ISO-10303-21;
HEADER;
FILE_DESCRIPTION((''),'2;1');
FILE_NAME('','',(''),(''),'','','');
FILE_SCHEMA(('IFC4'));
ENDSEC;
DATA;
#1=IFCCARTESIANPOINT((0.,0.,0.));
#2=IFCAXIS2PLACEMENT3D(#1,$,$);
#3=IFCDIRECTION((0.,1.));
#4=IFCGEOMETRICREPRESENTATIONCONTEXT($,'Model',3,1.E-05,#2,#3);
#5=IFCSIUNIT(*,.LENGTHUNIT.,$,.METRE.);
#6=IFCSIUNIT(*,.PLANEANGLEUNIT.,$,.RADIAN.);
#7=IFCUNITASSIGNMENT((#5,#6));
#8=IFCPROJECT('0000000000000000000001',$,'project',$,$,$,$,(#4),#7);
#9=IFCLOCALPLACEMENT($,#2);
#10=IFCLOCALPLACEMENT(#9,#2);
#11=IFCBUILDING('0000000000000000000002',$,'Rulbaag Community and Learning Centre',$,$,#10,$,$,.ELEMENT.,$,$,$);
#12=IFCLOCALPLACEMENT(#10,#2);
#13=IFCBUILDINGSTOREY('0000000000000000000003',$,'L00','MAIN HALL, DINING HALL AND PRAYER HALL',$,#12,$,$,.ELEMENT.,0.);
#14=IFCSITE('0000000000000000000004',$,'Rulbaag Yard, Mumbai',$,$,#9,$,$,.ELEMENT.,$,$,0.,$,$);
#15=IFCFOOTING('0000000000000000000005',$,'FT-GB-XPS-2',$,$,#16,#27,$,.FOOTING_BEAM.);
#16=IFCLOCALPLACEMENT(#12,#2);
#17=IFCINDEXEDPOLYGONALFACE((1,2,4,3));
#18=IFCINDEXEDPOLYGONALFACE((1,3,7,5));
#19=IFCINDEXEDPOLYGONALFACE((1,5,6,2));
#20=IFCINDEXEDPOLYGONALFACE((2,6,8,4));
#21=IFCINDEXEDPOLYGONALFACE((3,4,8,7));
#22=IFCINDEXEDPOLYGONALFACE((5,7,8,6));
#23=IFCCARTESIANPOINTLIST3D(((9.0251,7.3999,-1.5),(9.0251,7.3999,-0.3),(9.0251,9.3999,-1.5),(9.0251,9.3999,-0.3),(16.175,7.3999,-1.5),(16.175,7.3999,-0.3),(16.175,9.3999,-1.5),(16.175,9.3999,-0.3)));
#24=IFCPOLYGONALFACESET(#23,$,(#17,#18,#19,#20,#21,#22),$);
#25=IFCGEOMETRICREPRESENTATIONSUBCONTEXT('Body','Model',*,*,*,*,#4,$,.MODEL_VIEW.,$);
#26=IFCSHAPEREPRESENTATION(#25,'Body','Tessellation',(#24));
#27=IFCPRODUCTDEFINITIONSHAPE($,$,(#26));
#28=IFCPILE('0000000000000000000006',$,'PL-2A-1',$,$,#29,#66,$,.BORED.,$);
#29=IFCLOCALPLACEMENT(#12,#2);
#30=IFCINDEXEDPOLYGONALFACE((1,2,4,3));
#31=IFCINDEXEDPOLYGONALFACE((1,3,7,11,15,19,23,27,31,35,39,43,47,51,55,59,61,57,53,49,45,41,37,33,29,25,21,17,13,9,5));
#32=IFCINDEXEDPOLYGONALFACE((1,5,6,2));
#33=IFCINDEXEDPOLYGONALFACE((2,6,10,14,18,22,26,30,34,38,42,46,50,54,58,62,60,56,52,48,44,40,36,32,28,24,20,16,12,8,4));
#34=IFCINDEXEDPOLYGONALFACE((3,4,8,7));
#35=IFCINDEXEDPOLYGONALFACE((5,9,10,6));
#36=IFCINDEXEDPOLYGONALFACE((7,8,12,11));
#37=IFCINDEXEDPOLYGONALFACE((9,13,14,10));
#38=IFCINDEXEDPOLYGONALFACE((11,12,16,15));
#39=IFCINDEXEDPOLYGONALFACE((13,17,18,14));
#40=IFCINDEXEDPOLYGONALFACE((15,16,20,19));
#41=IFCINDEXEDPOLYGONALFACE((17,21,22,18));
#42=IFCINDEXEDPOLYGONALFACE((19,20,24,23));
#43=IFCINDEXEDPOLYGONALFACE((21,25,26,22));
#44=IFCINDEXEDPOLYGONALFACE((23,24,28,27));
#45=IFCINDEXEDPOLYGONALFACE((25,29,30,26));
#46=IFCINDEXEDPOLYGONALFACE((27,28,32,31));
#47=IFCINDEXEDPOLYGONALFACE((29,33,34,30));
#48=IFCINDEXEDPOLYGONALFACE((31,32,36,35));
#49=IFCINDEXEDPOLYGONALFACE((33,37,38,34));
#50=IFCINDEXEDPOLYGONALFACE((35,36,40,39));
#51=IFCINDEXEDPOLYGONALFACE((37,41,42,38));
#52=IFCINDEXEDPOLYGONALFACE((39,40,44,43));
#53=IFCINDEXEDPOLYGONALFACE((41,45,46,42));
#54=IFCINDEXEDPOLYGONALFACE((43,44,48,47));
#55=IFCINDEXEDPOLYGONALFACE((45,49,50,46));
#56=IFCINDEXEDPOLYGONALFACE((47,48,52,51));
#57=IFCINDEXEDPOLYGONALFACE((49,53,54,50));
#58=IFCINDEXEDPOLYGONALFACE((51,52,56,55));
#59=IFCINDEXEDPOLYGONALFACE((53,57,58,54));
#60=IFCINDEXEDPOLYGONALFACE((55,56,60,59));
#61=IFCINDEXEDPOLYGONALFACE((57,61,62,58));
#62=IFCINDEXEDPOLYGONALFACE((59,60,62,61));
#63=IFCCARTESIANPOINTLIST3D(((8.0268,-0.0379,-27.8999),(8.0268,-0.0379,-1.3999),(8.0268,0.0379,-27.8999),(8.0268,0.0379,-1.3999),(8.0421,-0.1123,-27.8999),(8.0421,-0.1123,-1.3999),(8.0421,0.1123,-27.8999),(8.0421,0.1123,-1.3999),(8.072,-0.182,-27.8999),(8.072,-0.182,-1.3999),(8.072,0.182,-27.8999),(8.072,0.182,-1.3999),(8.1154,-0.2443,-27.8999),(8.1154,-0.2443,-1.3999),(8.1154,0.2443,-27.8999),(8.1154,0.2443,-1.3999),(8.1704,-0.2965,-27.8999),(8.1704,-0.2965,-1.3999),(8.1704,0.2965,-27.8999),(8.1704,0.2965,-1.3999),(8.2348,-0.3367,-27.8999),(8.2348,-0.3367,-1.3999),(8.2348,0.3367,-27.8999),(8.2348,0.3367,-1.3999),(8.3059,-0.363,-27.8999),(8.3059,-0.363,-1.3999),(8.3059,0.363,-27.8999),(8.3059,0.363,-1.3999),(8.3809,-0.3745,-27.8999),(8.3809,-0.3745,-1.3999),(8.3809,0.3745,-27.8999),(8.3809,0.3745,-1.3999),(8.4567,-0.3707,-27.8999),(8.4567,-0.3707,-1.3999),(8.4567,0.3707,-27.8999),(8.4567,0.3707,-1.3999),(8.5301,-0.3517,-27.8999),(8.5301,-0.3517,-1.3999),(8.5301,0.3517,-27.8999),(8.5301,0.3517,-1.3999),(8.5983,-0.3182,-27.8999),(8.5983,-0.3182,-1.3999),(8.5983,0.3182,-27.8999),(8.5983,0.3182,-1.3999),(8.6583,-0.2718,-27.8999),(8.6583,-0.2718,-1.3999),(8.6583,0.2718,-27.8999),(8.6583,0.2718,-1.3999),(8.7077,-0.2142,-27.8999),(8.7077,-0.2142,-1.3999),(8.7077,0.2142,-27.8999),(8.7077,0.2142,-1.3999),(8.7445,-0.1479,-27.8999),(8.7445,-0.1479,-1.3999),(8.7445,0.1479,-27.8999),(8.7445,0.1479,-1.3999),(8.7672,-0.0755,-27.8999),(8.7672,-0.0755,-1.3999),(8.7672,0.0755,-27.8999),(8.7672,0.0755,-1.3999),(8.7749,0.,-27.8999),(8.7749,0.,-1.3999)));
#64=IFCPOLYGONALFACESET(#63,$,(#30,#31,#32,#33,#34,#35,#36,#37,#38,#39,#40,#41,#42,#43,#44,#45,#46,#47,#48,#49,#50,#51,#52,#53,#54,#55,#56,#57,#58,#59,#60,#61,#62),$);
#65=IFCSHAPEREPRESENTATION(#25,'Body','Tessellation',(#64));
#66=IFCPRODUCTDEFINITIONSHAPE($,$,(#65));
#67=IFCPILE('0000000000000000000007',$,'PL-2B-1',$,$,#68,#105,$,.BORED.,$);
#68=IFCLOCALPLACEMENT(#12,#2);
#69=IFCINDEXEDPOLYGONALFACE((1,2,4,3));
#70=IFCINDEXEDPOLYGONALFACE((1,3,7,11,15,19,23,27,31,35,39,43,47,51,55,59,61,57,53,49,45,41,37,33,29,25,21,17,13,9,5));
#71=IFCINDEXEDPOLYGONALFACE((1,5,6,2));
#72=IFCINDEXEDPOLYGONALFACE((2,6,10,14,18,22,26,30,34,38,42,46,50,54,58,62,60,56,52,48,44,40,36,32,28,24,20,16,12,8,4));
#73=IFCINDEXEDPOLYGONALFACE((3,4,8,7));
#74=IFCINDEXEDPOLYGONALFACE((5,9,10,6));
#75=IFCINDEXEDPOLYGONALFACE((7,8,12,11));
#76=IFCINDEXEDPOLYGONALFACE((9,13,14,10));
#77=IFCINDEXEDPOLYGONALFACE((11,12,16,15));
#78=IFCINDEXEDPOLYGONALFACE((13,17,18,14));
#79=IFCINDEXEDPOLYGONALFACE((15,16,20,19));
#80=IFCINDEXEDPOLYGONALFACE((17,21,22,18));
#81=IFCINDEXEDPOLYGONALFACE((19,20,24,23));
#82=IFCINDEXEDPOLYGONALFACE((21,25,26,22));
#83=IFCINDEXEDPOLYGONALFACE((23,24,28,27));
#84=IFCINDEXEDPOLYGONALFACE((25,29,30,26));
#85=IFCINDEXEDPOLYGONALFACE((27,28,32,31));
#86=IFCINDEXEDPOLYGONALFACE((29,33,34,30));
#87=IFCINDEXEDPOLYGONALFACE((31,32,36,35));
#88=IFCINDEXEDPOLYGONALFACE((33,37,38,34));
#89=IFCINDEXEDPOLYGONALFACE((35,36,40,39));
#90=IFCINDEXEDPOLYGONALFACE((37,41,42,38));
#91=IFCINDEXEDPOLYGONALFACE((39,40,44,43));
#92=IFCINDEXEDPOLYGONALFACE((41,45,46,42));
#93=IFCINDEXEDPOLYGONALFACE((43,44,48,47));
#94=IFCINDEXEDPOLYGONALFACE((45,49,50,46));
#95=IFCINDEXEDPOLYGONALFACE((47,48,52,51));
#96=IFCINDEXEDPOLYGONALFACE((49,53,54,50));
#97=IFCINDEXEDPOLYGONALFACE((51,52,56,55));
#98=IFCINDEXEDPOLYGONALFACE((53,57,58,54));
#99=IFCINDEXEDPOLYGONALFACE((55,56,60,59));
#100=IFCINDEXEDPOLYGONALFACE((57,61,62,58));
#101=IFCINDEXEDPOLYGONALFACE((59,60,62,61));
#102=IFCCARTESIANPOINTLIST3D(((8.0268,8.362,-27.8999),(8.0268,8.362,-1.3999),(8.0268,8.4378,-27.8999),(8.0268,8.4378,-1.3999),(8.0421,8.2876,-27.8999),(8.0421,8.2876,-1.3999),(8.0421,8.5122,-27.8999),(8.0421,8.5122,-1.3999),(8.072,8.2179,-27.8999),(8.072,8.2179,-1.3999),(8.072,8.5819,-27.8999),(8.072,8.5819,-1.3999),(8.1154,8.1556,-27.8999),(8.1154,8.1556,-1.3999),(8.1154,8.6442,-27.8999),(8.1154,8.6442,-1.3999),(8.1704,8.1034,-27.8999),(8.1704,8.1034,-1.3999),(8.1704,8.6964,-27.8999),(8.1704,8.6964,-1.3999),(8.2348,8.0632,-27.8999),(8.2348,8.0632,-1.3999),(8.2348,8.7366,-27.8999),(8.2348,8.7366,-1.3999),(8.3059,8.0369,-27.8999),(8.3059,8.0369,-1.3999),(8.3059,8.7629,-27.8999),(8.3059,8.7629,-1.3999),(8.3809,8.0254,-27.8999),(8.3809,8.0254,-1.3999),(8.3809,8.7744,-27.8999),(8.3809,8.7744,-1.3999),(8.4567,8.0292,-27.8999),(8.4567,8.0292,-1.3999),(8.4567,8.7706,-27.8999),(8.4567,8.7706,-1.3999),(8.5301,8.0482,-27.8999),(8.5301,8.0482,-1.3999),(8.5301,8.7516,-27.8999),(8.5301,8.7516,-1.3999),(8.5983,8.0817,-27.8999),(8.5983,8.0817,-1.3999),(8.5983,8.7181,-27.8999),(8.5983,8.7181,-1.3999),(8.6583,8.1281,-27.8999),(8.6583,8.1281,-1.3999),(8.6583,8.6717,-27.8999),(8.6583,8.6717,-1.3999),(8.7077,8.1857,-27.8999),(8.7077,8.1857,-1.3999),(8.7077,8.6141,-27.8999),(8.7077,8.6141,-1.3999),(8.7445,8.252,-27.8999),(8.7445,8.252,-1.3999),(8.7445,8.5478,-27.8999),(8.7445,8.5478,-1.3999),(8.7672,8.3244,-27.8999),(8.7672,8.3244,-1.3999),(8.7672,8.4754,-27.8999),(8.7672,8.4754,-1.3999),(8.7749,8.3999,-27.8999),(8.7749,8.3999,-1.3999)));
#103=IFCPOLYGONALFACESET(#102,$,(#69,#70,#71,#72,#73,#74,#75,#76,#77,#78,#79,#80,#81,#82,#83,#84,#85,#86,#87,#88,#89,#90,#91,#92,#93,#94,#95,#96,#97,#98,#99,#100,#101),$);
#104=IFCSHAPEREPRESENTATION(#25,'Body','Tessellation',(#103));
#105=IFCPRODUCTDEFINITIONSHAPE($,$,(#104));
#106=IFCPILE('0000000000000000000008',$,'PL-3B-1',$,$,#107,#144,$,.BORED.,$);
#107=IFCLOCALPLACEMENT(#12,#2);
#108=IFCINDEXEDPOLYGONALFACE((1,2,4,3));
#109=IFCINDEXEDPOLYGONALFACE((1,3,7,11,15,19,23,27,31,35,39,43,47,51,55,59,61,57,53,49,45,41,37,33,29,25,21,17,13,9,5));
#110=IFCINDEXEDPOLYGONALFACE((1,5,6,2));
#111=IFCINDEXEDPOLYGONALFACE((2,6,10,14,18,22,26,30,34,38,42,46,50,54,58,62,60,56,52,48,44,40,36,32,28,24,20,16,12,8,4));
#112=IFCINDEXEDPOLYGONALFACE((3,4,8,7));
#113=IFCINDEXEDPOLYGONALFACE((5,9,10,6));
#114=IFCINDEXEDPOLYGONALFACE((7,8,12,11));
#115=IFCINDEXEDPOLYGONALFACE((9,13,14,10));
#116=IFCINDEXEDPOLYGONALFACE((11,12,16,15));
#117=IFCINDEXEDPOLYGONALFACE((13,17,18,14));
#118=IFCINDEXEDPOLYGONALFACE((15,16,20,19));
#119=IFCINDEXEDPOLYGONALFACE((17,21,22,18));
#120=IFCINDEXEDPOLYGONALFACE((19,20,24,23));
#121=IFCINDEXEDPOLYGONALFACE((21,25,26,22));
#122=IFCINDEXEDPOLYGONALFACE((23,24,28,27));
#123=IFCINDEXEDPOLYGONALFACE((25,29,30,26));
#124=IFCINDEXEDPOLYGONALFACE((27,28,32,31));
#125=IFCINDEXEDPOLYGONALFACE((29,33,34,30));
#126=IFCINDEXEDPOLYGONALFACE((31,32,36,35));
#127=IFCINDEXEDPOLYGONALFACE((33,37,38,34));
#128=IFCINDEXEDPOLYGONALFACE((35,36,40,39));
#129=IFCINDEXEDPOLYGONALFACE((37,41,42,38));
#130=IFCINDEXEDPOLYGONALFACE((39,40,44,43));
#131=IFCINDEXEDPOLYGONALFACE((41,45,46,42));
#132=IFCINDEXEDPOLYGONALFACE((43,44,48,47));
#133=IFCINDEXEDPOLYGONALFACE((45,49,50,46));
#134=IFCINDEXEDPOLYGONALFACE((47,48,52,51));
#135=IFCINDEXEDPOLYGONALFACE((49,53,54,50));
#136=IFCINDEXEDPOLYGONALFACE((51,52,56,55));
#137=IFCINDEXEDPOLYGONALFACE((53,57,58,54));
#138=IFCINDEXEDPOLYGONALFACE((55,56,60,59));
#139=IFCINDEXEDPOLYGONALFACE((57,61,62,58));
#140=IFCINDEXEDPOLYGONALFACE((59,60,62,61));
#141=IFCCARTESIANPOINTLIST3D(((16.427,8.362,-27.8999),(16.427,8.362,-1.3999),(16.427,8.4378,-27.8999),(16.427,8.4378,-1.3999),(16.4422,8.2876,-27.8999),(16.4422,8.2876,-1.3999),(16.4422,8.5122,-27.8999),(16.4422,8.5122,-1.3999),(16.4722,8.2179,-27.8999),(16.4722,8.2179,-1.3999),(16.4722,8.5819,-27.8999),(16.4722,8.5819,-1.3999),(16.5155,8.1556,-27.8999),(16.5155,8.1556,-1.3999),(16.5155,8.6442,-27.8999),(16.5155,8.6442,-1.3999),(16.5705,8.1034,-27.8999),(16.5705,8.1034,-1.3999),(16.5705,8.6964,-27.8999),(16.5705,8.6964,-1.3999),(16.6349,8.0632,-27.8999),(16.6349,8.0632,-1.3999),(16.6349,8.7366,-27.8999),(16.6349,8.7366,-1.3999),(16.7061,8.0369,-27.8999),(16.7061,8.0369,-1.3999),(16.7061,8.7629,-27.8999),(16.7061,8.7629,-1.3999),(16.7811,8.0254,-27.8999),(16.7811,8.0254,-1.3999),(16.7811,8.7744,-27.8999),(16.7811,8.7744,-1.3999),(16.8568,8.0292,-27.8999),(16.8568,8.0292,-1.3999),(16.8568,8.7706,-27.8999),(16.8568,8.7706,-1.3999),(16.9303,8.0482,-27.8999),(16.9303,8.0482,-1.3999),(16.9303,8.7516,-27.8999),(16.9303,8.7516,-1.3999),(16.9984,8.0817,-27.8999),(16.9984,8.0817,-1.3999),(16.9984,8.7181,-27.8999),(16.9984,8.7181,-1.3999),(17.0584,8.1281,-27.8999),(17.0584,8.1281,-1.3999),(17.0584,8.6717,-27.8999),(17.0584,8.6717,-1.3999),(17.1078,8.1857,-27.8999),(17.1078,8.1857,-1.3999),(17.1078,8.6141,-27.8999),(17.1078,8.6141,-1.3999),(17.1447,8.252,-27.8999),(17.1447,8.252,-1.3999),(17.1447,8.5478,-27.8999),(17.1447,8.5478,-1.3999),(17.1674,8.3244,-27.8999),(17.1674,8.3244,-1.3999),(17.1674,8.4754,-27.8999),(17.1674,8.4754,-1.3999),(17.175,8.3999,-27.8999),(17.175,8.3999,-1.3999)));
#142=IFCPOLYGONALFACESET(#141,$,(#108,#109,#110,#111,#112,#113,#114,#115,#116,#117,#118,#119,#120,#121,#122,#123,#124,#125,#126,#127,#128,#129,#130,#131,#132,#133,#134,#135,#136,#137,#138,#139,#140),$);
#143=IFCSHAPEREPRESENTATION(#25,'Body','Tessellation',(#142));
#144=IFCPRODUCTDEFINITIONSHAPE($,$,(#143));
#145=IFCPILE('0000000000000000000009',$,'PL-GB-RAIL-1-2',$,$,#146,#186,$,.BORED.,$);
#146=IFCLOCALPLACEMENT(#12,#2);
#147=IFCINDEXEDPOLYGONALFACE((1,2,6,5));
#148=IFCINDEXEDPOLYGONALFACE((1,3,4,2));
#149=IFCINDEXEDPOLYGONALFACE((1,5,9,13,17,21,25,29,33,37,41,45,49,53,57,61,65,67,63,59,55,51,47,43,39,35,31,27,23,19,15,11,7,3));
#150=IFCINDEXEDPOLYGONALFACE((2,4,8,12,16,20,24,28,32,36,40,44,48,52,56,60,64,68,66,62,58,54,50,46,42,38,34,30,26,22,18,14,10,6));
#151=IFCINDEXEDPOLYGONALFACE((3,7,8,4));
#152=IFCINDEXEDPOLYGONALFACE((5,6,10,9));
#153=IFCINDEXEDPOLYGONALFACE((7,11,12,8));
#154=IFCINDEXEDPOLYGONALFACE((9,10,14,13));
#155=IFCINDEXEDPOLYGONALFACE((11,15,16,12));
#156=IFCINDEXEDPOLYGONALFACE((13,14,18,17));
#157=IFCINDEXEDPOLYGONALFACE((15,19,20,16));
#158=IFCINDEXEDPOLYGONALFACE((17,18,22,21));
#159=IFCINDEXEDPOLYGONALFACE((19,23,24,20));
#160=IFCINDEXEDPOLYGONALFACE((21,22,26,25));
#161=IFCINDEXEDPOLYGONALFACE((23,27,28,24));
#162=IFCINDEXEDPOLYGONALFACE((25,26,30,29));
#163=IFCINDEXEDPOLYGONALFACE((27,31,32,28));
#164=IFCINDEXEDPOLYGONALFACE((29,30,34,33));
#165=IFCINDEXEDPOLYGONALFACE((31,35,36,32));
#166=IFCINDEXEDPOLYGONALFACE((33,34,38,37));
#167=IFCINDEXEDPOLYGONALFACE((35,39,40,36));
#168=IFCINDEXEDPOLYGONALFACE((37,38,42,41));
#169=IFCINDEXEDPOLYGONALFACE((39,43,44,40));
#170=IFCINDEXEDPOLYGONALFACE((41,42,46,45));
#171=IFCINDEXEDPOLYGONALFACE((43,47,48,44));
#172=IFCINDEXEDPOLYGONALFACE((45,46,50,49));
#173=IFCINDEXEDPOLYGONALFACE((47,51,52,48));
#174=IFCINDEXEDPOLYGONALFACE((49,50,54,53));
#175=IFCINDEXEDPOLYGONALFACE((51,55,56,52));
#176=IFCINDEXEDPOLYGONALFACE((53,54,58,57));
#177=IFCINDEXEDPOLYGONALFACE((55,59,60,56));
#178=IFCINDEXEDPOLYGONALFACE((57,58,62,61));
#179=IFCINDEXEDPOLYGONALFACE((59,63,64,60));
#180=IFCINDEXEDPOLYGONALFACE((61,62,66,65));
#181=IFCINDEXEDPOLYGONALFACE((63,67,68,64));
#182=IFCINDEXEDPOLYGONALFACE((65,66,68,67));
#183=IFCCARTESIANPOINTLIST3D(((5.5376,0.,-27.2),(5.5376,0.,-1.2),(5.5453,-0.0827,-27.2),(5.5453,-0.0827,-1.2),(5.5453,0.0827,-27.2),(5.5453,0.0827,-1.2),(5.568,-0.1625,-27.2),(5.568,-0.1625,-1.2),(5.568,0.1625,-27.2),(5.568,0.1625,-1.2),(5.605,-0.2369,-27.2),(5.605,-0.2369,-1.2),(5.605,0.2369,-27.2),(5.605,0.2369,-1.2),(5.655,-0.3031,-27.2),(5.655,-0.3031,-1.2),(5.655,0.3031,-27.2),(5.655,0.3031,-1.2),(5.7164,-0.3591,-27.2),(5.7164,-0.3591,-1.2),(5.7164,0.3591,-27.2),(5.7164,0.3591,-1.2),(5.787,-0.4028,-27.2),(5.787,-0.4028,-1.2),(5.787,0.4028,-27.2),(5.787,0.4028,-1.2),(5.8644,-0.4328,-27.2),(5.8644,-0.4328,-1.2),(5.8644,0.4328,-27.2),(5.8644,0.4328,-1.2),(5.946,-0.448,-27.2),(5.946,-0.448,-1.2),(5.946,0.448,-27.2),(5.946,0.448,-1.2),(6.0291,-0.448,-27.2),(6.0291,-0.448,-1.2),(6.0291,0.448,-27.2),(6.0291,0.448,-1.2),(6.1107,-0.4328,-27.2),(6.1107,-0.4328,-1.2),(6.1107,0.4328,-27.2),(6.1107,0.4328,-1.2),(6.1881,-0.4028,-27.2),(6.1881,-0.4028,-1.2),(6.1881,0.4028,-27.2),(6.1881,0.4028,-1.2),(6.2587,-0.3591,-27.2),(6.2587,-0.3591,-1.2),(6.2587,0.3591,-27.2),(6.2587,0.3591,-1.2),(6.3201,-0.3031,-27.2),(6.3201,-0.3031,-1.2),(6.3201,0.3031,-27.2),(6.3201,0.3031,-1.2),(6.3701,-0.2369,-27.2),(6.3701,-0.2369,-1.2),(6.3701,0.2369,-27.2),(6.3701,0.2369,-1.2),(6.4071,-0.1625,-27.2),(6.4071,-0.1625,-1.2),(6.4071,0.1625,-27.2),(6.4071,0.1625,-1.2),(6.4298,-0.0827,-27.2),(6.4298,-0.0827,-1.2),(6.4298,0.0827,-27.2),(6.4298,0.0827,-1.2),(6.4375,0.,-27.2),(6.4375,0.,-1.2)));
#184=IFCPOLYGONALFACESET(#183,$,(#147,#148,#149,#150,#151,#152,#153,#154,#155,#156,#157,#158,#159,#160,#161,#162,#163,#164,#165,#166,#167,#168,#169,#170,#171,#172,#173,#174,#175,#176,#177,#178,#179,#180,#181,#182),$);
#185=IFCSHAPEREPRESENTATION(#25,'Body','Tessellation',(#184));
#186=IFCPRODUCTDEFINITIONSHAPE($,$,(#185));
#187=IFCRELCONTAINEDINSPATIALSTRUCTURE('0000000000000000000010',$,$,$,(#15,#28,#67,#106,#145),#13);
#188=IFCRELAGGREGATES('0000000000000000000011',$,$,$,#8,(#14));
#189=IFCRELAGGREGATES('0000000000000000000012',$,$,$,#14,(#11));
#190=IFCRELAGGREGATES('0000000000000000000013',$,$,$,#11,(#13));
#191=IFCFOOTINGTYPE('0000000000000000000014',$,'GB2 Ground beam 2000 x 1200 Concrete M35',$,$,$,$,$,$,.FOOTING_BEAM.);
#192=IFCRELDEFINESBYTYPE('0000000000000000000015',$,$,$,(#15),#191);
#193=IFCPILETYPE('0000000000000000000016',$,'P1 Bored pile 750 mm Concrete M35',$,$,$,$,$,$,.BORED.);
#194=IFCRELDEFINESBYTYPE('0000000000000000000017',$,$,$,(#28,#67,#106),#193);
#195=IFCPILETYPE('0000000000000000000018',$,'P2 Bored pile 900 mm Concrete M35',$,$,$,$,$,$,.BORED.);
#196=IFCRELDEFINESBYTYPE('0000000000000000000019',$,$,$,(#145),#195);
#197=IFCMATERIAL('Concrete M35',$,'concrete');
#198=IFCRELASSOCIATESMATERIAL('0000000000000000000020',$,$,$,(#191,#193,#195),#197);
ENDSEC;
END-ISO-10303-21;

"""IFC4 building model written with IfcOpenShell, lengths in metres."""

from ifc_helpers import new_model, si_unit, direction, frame, origin, origin_2d, place, context, subcontext, project, spatial, rectangle, circle, extrude, material, material_profile, profile_set, type_object, element, save


model = new_model("IFC4")

# Units and contexts
model_context = context("Model", 3, precision=1e-05, world=origin(), true_north=direction((0.0, 1.0)))
body_context = subcontext(model_context, "Body", "Model", "MODEL_VIEW")
ifc_project = project(units=[si_unit("LENGTHUNIT", "METRE"), si_unit("PLANEANGLEUNIT", "RADIAN")], contexts=[model_context])

# Site, building, storey
site_placement = place(None, origin())
site = spatial("IfcSite", under=ifc_project, at=site_placement, Name="Rulbaag Yard, Mumbai", CompositionType="ELEMENT", RefElevation=0.0)
building_placement = place(site_placement, origin())
building = spatial("IfcBuilding", under=site, at=building_placement, Name="Rulbaag Community and Learning Centre", CompositionType="ELEMENT")
storey_placement = place(building_placement, origin())
storey = spatial("IfcBuildingStorey", under=building, at=storey_placement, Name="L00", Description="MAIN HALL, DINING HALL AND PRAYER HALL", CompositionType="ELEMENT", Elevation=0.0)

# Footing
ifc_material_1 = material(Name="Concrete M35", Category="concrete")
footing_type_1 = type_object("IfcFootingType", Name="GB2 Ground beam 2000 x 1200 Concrete M35", PredefinedType="FOOTING_BEAM", material=ifc_material_1)
footing_placement = place(storey_placement, frame((12.6001, 8.3999, -1.5), z_axis=(0.0, 0.0, 1.0), x_axis=(1.0, 0.0, 0.0)))
element("IfcFooting", 1, at=footing_placement, inside=storey, type_object=footing_type_1, Name="FT-GB-XPS-2", PredefinedType="FOOTING_BEAM", context=body_context, shape_type="SweptSolid", body=[
    extrude(rectangle(XDim=7.1499, YDim=2.0, at=origin_2d()), origin(), (0.0, 0.0, 1.0), 1.2),
])

# Piles
ifc_material_profile_1 = material_profile(ifc_material_1, circle(Radius=0.375, at=origin_2d()), Name="BP750")
ifc_profile_set_1 = profile_set([ifc_material_profile_1], Name="Concrete M35")
pile_type_1 = type_object("IfcPileType", Name="P1 Bored pile 750 mm Concrete M35", PredefinedType="BORED", material=ifc_profile_set_1)
for number, where, z_axis, x_axis, name in (
    (2, (8.3999, 0.0, -1.3999), (0.0, 0.0, -1.0), (1.0, 0.0, 0.0), "PL-2A-1"),
    (3, (8.3999, 8.3999, -1.3999), (0.0, 0.0, -1.0), (1.0, 0.0, 0.0), "PL-2B-1"),
    (4, (16.8, 8.3999, -1.3999), (0.0, 0.0, -1.0), (1.0, 0.0, 0.0), "PL-3B-1"),
):
    element("IfcPile", number, at=place(storey_placement, frame(where, z_axis=z_axis, x_axis=x_axis)), inside=storey, type_object=pile_type_1, Name=name, PredefinedType="BORED", context=body_context, shape_type="SweptSolid", body=[
        extrude(circle(Radius=0.375, at=origin_2d()), origin(), (0.0, 0.0, 1.0), 26.5),
    ])
ifc_material_profile_2 = material_profile(ifc_material_1, circle(Radius=0.45, at=origin_2d()), Name="BP900")
ifc_profile_set_2 = profile_set([ifc_material_profile_2], Name="Concrete M35")
pile_type_2 = type_object("IfcPileType", Name="P2 Bored pile 900 mm Concrete M35", PredefinedType="BORED", material=ifc_profile_set_2)
pile_1_placement = place(storey_placement, frame((5.9875, 0.0, -1.2), z_axis=(0.0, 0.0, -1.0), x_axis=(1.0, 0.0, 0.0)))
element("IfcPile", 5, at=pile_1_placement, inside=storey, type_object=pile_type_2, Name="PL-GB-RAIL-1-2", PredefinedType="BORED", context=body_context, shape_type="SweptSolid", body=[
    extrude(circle(Radius=0.45, at=origin_2d()), origin(), (0.0, 0.0, 1.0), 26.0),
])

save(model, "model.ifc")
